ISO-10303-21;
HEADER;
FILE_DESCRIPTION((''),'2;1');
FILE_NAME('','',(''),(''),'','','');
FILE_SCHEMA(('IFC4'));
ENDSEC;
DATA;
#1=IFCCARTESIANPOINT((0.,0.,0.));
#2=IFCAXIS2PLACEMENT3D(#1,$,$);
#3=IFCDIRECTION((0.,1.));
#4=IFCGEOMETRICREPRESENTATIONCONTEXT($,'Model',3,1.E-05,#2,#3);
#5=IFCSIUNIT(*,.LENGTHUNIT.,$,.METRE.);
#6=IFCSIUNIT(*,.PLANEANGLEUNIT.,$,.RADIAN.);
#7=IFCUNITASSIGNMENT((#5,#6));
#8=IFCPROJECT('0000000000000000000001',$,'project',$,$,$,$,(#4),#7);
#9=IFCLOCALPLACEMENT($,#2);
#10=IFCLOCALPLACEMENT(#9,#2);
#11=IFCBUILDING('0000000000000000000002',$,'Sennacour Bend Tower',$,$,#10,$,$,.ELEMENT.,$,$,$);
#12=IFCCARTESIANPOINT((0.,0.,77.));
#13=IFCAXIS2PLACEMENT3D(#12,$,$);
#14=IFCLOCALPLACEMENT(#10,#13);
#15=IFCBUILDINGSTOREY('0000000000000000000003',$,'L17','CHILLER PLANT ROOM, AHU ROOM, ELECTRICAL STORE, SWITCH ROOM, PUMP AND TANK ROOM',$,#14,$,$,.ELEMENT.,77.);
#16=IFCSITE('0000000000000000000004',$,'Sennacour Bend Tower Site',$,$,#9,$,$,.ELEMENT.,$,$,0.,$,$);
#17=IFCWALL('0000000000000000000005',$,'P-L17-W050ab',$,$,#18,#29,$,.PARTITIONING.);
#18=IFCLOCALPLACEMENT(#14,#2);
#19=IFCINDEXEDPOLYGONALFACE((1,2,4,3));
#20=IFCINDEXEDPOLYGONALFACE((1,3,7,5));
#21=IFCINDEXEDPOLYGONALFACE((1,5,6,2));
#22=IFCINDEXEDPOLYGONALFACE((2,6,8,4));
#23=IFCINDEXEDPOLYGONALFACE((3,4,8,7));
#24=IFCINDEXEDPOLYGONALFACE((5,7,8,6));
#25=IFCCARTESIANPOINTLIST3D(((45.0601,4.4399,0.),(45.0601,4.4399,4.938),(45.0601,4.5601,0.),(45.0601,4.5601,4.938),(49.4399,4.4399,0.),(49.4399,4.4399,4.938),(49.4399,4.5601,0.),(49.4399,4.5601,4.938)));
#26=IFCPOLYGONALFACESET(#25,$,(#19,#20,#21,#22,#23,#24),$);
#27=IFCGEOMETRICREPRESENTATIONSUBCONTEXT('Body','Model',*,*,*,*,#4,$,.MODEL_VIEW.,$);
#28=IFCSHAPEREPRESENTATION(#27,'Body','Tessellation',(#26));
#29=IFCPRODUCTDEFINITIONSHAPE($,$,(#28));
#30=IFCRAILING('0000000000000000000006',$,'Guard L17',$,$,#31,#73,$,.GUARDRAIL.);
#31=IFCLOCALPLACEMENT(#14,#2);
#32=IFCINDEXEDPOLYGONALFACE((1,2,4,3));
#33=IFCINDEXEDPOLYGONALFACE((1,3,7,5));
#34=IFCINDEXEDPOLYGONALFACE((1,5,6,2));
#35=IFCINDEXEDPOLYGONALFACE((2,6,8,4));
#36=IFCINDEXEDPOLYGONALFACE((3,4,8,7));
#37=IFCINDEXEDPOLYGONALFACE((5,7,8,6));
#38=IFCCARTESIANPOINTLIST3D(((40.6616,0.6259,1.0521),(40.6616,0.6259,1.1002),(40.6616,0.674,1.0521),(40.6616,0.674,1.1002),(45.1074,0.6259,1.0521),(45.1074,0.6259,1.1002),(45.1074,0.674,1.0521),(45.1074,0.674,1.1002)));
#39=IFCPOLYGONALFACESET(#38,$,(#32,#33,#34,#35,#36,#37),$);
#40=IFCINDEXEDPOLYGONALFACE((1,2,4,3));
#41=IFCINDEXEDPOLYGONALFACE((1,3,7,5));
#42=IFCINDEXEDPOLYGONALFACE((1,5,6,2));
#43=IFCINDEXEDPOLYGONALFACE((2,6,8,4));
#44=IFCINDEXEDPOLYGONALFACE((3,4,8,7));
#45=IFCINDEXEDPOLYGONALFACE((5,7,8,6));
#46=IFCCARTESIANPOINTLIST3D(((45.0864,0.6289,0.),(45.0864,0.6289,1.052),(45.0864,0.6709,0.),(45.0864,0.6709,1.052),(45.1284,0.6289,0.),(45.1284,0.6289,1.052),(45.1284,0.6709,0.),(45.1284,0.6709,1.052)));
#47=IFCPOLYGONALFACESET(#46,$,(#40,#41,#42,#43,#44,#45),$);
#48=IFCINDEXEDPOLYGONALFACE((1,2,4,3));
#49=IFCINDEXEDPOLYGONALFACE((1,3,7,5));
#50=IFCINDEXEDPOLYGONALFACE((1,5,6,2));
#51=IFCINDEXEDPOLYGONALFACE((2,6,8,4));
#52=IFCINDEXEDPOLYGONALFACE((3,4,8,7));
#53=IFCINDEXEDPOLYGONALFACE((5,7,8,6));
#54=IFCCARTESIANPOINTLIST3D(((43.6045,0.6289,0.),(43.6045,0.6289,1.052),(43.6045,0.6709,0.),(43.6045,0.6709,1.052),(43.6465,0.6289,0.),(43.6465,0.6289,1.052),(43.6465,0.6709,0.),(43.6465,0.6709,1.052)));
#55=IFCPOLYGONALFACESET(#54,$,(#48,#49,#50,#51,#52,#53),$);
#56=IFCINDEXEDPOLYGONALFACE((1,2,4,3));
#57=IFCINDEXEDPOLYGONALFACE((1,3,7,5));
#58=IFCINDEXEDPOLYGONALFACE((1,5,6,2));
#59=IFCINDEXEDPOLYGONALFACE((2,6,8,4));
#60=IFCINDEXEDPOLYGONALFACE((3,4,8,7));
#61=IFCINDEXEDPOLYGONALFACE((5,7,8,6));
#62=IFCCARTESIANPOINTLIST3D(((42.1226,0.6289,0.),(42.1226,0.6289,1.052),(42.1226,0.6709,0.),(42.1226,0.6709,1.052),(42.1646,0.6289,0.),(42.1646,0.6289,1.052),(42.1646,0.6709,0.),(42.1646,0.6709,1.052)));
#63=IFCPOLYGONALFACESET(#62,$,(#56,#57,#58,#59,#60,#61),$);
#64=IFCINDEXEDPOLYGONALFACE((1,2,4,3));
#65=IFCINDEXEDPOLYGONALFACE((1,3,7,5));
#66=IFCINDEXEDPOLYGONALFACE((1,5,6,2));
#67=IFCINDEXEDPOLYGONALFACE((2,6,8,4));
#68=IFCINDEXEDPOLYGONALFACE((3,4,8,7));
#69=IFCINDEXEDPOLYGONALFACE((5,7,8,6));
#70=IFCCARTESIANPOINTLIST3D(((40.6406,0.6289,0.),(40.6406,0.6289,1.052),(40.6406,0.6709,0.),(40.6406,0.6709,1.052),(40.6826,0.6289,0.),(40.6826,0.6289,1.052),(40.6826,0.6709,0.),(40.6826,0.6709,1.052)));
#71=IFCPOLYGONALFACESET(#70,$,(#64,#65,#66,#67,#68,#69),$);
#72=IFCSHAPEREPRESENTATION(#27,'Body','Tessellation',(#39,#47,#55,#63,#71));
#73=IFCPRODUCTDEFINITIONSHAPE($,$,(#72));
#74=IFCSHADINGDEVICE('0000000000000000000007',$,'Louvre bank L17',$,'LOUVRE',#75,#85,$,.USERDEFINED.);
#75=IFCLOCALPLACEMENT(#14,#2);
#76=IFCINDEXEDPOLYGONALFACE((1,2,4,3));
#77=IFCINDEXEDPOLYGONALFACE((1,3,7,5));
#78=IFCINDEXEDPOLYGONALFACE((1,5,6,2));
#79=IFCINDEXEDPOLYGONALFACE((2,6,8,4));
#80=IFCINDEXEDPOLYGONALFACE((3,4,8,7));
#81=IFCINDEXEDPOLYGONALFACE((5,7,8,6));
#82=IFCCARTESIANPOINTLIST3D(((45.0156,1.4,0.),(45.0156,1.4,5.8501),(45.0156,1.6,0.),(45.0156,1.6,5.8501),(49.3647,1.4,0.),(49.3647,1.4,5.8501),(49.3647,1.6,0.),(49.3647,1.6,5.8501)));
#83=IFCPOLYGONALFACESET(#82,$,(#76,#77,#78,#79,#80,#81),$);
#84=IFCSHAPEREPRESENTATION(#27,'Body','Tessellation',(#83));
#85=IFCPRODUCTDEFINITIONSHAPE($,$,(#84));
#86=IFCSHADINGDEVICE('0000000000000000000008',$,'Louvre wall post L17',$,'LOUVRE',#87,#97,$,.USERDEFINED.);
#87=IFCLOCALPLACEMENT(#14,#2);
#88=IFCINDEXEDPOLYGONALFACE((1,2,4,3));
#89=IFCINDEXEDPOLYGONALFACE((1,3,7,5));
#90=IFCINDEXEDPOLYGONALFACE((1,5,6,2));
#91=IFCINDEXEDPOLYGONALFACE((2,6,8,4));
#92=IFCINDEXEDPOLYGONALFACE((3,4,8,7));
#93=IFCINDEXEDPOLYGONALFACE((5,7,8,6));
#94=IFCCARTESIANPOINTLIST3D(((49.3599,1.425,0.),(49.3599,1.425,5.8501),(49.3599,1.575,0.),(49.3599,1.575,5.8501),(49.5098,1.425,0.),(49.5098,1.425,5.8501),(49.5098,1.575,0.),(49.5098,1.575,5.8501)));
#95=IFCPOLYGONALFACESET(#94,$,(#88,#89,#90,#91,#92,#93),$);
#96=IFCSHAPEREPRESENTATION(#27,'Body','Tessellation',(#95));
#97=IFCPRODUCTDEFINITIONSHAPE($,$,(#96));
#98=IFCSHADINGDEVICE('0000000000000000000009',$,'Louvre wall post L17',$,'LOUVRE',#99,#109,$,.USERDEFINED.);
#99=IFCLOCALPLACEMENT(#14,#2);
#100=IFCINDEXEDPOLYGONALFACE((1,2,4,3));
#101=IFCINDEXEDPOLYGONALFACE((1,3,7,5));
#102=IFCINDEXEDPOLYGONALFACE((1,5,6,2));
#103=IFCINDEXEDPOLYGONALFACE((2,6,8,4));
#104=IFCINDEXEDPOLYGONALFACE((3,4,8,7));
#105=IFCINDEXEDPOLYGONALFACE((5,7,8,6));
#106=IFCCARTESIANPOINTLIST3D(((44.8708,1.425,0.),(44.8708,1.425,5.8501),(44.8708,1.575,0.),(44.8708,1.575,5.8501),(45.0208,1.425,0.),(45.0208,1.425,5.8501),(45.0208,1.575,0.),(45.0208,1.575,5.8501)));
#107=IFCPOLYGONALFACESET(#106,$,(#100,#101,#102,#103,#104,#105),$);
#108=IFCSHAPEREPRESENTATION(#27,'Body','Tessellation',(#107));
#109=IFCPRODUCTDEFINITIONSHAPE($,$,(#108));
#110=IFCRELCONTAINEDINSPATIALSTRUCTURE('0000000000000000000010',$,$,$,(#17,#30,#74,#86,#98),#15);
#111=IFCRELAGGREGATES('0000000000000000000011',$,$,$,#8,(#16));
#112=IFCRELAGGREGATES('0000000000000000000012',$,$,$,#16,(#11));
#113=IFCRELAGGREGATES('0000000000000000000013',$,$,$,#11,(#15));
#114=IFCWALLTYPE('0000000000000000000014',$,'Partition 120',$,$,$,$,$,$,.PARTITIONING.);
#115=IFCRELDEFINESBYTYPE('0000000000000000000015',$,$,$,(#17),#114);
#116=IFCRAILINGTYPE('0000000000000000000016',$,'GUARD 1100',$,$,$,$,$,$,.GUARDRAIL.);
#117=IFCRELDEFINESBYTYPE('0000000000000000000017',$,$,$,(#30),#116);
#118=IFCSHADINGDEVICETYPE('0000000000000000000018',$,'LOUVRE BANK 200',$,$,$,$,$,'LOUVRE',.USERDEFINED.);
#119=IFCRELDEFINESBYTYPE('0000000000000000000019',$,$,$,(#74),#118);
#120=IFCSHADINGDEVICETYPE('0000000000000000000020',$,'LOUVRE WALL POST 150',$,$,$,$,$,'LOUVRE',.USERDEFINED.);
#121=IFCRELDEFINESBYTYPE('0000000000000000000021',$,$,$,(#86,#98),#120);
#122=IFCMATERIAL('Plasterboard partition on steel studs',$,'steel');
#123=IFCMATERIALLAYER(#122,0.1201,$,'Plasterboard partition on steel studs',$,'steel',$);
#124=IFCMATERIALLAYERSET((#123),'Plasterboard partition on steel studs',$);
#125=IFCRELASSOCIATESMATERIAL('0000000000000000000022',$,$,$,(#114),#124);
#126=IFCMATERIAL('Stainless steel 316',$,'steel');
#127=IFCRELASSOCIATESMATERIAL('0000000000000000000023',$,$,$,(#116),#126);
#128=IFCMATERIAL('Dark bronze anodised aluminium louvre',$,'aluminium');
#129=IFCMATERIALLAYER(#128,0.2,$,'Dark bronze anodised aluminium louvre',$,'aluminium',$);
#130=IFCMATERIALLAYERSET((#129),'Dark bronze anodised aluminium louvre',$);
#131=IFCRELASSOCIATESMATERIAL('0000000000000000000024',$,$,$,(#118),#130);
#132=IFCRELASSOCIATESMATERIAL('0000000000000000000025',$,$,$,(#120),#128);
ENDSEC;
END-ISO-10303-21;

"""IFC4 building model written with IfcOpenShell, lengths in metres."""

from ifc_helpers import new_model, si_unit, direction, frame, frame_2d, origin, origin_2d, place, context, subcontext, project, spatial, rectangle, extrude, material, layer, layer_set, type_object, element, save


model = new_model("IFC4")

# Units and contexts
model_context = context("Model", 3, precision=1e-05, world=origin(), true_north=direction((0.0, 1.0)))
body_context = subcontext(model_context, "Body", "Model", "MODEL_VIEW")
ifc_project = project(units=[si_unit("LENGTHUNIT", "METRE"), si_unit("PLANEANGLEUNIT", "RADIAN")], contexts=[model_context])

# Site, building, storey
site_placement = place(None, origin())
site = spatial("IfcSite", under=ifc_project, at=site_placement, Name="Sennacour Bend Tower Site", CompositionType="ELEMENT", RefElevation=0.0)
building_placement = place(site_placement, origin())
building = spatial("IfcBuilding", under=site, at=building_placement, Name="Sennacour Bend Tower", CompositionType="ELEMENT")
storey_placement = place(building_placement, frame((0.0, 0.0, 77.0)))
storey = spatial("IfcBuildingStorey", under=building, at=storey_placement, Name="L17", Description="CHILLER PLANT ROOM, AHU ROOM, ELECTRICAL STORE, SWITCH ROOM, PUMP AND TANK ROOM", CompositionType="ELEMENT", Elevation=77.0)

# Wall
ifc_material_1 = material(Name="Plasterboard partition on steel studs", Category="steel")
ifc_layer_1 = layer(ifc_material_1, 0.1201, Name="Plasterboard partition on steel studs", Category="steel")
ifc_layer_set_1 = layer_set([ifc_layer_1], Name="Plasterboard partition on steel studs")
wall_type = type_object("IfcWallType", Name="Partition 120", PredefinedType="PARTITIONING", material=ifc_layer_set_1)
wall_1_placement = place(storey_placement, frame((45.0601, 4.5, 0.0), z_axis=(0.0, 0.0, 1.0), x_axis=(1.0, 0.0, 0.0)))
element("IfcWall", 1, at=wall_1_placement, inside=storey, type_object=wall_type, Name="P-L17-W050ab", PredefinedType="PARTITIONING", context=body_context, shape_type="SweptSolid", body=[
    extrude(rectangle(XDim=4.3799, YDim=0.1201, at=frame_2d((2.1899, 0.0))), origin(), (0.0, 0.0, 1.0), 4.938),
])

# Railing
ifc_material_2 = material(Name="Stainless steel 316", Category="steel")
railing_type = type_object("IfcRailingType", Name="GUARD 1100", PredefinedType="GUARDRAIL", material=ifc_material_2)
railing_placement = place(storey_placement, frame((45.1074, 0.6499, 0.0)))
element("IfcRailing", 2, at=railing_placement, inside=storey, type_object=railing_type, Name="Guard L17", PredefinedType="GUARDRAIL", context=body_context, shape_type="SweptSolid", body=[
    extrude(rectangle(XDim=0.0481, YDim=0.0481, at=origin_2d()), frame((0.0, 0.0, 1.0762), z_axis=(-1.0, 0.0, 0.0), x_axis=(0.0, -1.0, 0.0)), (0.0, 0.0, 1.0), 4.4458),
    extrude(rectangle(XDim=0.042, YDim=0.042, at=origin_2d()), origin(), (0.0, 0.0, 1.0), 1.052),
    extrude(rectangle(XDim=0.042, YDim=0.042, at=origin_2d()), frame((-1.4819, 0.0, 0.0)), (0.0, 0.0, 1.0), 1.052),
    extrude(rectangle(XDim=0.042, YDim=0.042, at=origin_2d()), frame((-2.9639, 0.0, 0.0)), (0.0, 0.0, 1.0), 1.052),
    extrude(rectangle(XDim=0.042, YDim=0.042, at=origin_2d()), frame((-4.4458, 0.0, 0.0)), (0.0, 0.0, 1.0), 1.052),
])

# Shading devices
ifc_material_3 = material(Name="Dark bronze anodised aluminium louvre", Category="aluminium")
ifc_layer_2 = layer(ifc_material_3, 0.2, Name="Dark bronze anodised aluminium louvre", Category="aluminium")
ifc_layer_set_2 = layer_set([ifc_layer_2], Name="Dark bronze anodised aluminium louvre")
shading_device_type_1 = type_object("IfcShadingDeviceType", Name="LOUVRE BANK 200", ElementType="LOUVRE", PredefinedType="USERDEFINED", material=ifc_layer_set_2)
shading_device_placement = place(storey_placement, frame((47.1902, 1.5, 0.0), z_axis=(0.0, 0.0, 1.0), x_axis=(-1.0, 0.0, 0.0)))
element("IfcShadingDevice", 3, at=shading_device_placement, inside=storey, type_object=shading_device_type_1, Name="Louvre bank L17", ObjectType="LOUVRE", PredefinedType="USERDEFINED", context=body_context, shape_type="SweptSolid", body=[
    extrude(rectangle(XDim=4.3491, YDim=0.2, at=origin_2d()), origin(), (0.0, 0.0, 1.0), 5.8501),
])
shading_device_type_2 = type_object("IfcShadingDeviceType", Name="LOUVRE WALL POST 150", ElementType="LOUVRE", PredefinedType="USERDEFINED", material=ifc_material_3)
for number, where, z_axis, x_axis, name in (
    (4, (49.4348, 1.5, 0.0), (0.0, 0.0, 1.0), (1.0, 0.0, 0.0), "Louvre wall post L17"),
    (5, (44.9458, 1.5, 0.0), (0.0, 0.0, 1.0), (1.0, 0.0, 0.0), "Louvre wall post L17"),
):
    element("IfcShadingDevice", number, at=place(storey_placement, frame(where, z_axis=z_axis, x_axis=x_axis)), inside=storey, type_object=shading_device_type_2, Name=name, ObjectType="LOUVRE", PredefinedType="USERDEFINED", context=body_context, shape_type="SweptSolid", body=[
        extrude(rectangle(XDim=0.1499, YDim=0.1499, at=origin_2d()), origin(), (0.0, 0.0, 1.0), 5.8501),
    ])

save(model, "model.ifc")
